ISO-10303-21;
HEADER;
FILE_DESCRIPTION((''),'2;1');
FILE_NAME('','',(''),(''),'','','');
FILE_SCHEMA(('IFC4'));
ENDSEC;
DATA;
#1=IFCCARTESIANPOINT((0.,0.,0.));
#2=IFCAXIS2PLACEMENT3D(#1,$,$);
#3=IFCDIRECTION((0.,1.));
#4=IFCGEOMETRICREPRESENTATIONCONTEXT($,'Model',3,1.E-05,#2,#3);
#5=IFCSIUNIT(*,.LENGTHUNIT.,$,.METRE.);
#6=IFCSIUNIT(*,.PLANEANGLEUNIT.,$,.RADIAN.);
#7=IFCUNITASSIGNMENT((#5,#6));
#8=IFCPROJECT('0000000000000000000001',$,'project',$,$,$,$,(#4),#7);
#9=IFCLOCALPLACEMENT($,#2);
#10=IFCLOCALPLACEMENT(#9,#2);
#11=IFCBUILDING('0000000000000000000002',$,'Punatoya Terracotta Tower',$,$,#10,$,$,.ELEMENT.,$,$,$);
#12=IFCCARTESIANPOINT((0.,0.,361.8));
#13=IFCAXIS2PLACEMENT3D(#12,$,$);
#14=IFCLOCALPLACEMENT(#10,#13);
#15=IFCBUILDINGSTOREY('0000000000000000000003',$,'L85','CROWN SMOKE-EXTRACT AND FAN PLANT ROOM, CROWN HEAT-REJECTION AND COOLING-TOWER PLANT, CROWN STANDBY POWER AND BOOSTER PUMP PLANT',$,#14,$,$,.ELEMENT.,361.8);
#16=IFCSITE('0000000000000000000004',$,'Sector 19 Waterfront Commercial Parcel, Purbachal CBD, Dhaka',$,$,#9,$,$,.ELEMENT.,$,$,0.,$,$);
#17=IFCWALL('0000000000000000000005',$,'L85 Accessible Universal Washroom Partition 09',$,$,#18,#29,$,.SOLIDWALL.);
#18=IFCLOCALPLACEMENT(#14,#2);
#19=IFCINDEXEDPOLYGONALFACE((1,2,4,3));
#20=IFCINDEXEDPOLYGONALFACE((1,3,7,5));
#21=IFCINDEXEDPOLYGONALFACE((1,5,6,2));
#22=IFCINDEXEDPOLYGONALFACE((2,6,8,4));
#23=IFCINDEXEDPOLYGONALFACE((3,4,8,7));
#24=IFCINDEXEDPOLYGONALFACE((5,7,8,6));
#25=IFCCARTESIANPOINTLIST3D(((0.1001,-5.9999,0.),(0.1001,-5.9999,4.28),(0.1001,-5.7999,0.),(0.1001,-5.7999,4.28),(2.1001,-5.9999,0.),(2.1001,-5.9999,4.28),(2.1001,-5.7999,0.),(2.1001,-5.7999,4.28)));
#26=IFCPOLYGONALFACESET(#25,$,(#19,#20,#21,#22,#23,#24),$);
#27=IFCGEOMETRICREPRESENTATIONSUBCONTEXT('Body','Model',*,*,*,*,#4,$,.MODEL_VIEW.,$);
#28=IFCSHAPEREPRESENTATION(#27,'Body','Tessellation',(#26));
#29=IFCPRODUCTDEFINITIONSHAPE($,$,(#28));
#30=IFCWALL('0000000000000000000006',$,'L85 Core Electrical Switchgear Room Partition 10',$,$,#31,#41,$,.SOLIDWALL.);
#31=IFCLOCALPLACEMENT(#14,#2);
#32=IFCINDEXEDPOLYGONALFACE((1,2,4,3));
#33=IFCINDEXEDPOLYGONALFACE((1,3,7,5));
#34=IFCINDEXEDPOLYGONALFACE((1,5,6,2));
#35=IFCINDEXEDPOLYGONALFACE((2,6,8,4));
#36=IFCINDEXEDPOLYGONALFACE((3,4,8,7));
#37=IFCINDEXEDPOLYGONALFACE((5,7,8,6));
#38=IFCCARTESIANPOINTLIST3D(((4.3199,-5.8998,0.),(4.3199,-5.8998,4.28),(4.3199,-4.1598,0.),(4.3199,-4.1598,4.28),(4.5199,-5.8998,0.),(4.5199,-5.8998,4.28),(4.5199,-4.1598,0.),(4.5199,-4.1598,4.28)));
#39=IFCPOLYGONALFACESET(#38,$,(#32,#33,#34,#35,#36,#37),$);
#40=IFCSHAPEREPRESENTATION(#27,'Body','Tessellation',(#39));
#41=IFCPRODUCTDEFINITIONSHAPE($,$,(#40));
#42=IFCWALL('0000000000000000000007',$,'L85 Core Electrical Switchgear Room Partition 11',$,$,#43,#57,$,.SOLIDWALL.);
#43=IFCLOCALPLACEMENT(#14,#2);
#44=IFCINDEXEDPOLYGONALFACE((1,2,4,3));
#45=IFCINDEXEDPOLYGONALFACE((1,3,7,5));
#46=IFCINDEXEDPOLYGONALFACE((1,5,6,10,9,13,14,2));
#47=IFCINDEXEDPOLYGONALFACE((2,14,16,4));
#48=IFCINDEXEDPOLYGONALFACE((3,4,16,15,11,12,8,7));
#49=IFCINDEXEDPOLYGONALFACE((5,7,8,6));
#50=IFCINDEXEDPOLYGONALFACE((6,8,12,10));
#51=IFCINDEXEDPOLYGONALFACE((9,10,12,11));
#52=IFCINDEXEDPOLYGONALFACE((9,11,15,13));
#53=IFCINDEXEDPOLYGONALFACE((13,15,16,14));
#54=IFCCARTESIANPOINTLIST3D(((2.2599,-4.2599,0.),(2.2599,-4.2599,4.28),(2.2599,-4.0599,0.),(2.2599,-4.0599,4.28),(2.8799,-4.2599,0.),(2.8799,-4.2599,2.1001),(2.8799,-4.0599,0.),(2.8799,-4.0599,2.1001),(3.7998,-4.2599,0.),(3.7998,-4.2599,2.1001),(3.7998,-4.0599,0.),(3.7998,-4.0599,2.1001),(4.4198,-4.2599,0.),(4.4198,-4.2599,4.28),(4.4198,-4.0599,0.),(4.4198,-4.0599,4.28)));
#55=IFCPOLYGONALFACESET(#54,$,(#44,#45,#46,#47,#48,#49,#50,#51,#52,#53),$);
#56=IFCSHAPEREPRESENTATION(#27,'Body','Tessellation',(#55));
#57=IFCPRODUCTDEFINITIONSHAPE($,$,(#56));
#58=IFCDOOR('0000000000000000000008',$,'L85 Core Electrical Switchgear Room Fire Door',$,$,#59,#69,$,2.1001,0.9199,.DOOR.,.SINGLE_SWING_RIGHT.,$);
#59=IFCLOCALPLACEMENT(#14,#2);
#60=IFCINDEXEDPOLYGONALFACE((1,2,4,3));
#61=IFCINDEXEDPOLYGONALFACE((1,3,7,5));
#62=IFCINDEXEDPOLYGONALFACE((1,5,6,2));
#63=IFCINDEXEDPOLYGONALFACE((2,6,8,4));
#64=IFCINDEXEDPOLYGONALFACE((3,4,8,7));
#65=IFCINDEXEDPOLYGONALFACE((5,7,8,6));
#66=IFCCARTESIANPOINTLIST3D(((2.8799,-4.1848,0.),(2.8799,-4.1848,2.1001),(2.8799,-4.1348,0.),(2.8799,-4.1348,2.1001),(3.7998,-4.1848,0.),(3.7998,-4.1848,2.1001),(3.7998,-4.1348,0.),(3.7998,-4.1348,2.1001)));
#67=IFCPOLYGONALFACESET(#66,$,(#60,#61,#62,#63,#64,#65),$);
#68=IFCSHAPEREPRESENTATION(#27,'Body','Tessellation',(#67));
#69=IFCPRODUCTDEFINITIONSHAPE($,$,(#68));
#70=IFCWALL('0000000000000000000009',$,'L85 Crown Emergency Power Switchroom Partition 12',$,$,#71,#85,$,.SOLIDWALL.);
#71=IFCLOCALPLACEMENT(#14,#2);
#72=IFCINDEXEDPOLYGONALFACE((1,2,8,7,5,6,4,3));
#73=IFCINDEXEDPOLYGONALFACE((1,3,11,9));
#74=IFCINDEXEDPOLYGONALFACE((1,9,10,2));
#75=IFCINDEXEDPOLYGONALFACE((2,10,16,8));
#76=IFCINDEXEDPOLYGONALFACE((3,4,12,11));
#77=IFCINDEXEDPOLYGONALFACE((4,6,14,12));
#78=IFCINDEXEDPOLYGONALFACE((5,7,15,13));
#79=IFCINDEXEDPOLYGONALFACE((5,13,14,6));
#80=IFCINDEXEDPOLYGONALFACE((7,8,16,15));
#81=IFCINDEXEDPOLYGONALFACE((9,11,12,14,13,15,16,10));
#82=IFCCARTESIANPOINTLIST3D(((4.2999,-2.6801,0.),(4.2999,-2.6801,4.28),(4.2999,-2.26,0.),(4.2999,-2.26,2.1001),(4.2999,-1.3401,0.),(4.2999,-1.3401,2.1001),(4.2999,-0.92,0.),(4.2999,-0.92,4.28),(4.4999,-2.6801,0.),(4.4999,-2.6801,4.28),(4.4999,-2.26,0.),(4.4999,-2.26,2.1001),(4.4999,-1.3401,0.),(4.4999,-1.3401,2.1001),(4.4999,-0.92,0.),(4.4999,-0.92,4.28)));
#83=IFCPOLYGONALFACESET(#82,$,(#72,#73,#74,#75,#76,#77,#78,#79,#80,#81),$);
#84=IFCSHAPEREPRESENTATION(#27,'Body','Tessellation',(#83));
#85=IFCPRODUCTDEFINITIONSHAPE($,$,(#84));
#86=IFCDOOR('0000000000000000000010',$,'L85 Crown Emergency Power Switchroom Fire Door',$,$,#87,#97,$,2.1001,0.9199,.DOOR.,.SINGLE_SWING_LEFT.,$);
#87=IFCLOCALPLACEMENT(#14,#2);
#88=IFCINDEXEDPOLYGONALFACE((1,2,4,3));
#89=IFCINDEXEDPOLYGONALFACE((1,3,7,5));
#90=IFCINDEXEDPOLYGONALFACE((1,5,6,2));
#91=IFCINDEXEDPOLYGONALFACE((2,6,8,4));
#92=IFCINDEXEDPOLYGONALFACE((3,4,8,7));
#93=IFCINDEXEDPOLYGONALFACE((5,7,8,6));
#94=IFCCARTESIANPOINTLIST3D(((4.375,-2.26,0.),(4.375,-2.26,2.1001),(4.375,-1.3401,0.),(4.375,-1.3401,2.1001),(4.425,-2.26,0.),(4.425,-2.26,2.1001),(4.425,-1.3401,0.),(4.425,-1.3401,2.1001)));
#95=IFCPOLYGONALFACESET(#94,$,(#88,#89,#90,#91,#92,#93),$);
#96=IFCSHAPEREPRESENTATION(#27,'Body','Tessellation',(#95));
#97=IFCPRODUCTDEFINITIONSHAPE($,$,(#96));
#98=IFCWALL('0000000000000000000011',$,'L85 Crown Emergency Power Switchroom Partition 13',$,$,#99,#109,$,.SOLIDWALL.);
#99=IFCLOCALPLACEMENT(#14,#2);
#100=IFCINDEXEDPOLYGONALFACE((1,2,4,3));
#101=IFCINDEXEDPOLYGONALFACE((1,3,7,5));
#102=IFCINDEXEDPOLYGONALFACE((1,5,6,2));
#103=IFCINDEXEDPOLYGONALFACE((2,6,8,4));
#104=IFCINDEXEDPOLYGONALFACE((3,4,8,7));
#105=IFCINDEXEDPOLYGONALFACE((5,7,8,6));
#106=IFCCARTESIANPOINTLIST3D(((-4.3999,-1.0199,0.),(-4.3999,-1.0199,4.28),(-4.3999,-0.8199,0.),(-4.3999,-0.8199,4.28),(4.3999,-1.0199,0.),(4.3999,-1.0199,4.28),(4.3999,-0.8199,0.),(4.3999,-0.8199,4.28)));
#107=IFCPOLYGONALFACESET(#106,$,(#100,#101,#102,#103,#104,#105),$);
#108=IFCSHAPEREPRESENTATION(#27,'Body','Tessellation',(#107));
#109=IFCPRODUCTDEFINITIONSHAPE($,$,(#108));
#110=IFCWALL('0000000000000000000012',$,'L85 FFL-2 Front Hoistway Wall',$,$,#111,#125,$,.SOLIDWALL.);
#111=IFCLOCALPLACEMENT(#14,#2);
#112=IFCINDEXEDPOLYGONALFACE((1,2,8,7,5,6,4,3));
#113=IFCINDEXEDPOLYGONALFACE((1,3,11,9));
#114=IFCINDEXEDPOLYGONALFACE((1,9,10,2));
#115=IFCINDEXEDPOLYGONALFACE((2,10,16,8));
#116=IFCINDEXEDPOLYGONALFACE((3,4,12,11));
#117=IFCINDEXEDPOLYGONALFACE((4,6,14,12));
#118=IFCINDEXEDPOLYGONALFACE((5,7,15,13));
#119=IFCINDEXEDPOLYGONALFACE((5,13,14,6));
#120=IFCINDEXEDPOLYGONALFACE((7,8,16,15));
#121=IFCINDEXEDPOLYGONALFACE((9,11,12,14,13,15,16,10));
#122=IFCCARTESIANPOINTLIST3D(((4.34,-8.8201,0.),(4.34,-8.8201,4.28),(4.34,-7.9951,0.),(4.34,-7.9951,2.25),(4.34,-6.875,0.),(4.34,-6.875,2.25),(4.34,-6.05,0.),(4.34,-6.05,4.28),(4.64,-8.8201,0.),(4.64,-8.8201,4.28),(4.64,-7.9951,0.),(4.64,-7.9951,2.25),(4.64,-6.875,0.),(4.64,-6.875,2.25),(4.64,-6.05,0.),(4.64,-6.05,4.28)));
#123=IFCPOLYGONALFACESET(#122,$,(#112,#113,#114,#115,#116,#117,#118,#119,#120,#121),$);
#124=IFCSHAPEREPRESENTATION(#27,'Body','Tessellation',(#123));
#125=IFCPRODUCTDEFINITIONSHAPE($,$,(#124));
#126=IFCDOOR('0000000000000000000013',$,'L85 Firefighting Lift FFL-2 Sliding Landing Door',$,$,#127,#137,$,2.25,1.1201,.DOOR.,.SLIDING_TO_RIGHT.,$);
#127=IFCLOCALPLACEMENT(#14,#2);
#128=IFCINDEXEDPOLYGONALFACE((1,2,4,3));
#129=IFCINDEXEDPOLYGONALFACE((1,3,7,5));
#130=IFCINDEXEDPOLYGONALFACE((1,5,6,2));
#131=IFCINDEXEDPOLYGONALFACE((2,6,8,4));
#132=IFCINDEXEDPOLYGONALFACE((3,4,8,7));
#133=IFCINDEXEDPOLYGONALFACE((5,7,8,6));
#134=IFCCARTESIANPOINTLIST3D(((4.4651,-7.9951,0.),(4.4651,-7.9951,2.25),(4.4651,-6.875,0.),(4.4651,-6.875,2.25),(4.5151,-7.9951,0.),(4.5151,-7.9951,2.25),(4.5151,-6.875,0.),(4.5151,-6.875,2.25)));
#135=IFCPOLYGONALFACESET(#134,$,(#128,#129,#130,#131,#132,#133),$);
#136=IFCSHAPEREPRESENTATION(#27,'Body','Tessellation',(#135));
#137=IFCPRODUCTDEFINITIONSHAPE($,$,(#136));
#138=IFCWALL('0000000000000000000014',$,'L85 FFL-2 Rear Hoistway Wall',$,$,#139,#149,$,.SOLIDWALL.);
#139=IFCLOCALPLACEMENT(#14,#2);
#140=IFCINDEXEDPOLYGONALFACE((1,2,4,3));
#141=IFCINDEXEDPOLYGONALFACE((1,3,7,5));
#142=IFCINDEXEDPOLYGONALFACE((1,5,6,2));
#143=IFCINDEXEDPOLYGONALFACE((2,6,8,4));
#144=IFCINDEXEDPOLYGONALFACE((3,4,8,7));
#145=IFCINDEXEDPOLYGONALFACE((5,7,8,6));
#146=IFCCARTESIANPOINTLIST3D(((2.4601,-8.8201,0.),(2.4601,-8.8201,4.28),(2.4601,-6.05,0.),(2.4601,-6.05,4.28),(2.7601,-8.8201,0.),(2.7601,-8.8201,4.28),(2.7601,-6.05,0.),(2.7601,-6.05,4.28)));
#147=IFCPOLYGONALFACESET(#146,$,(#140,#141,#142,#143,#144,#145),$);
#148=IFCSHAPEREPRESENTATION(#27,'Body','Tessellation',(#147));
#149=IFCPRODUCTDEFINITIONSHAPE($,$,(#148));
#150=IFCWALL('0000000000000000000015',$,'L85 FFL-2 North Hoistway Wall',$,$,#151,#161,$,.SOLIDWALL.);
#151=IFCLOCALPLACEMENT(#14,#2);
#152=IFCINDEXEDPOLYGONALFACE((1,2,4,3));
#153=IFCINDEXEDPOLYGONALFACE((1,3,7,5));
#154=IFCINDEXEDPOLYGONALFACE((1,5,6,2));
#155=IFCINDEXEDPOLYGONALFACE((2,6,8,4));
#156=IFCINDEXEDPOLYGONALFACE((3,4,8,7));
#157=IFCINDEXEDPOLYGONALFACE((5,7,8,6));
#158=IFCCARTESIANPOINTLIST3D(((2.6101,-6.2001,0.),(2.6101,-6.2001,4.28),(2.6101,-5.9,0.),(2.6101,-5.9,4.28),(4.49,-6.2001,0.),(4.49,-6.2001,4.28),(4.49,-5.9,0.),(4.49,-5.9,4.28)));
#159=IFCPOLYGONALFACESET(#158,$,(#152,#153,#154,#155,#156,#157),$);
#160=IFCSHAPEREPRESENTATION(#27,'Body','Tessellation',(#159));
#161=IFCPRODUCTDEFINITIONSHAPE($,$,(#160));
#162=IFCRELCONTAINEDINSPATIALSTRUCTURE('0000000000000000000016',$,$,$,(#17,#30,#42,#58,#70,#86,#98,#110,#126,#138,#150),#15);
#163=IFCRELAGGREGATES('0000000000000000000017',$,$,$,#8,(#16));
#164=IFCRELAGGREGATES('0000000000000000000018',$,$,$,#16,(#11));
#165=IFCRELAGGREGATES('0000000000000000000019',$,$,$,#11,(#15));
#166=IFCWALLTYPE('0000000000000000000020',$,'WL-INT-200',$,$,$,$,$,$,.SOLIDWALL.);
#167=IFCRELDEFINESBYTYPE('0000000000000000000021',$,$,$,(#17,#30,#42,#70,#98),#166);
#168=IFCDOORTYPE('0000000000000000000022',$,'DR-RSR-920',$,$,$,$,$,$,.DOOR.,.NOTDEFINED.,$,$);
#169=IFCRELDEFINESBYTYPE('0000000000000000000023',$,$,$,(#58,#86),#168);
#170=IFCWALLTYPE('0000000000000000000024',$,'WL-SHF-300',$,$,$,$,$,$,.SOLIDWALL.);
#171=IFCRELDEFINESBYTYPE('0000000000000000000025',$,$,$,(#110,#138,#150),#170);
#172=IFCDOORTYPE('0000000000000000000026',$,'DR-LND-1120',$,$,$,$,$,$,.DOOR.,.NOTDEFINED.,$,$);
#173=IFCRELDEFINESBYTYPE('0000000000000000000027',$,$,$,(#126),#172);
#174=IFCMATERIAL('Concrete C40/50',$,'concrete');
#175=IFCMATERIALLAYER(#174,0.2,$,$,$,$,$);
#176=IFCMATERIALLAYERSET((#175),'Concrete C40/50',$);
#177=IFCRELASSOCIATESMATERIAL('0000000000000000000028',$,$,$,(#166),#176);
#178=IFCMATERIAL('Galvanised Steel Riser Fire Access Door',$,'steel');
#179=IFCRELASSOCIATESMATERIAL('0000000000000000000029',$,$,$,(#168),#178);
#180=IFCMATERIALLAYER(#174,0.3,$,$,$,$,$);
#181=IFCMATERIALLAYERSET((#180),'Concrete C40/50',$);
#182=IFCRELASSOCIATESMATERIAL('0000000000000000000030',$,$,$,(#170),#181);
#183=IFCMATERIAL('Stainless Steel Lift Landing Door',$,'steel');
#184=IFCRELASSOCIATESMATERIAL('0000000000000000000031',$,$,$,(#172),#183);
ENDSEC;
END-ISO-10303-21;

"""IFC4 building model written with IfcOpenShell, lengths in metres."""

from ifc_helpers import new_model, si_unit, direction, frame, frame_2d, origin, place, context, subcontext, project, spatial, rectangle, extrude, material, layer, layer_set, type_object, element, fill, save


model = new_model("IFC4")

# Units and contexts
model_context = context("Model", 3, precision=1e-05, world=origin(), true_north=direction((0.0, 1.0)))
body_context = subcontext(model_context, "Body", "Model", "MODEL_VIEW")
ifc_project = project(units=[si_unit("LENGTHUNIT", "METRE"), si_unit("PLANEANGLEUNIT", "RADIAN")], contexts=[model_context])

# Site, building, storey
site_placement = place(None, origin())
site = spatial("IfcSite", under=ifc_project, at=site_placement, Name="Sector 19 Waterfront Commercial Parcel, Purbachal CBD, Dhaka", CompositionType="ELEMENT", RefElevation=0.0)
building_placement = place(site_placement, origin())
building = spatial("IfcBuilding", under=site, at=building_placement, Name="Punatoya Terracotta Tower", CompositionType="ELEMENT")
storey_placement = place(building_placement, frame((0.0, 0.0, 361.8)))
storey = spatial("IfcBuildingStorey", under=building, at=storey_placement, Name="L85", Description="CROWN SMOKE-EXTRACT AND FAN PLANT ROOM, CROWN HEAT-REJECTION AND COOLING-TOWER PLANT, CROWN STANDBY POWER AND BOOSTER PUMP PLANT", CompositionType="ELEMENT", Elevation=361.8)

# Shared definitions
ifc_material_1 = material(Name="Concrete C40/50", Category="concrete")

# Shared definitions
ifc_layer_1 = layer(ifc_material_1, 0.2)
ifc_layer_set_1 = layer_set([ifc_layer_1], Name="Concrete C40/50")
wall_type_1 = type_object("IfcWallType", Name="WL-INT-200", PredefinedType="SOLIDWALL", material=ifc_layer_set_1)

# Walls
wall_1_placement = place(storey_placement, frame((0.1001, -5.8999, 0.0), z_axis=(0.0, 0.0, 1.0), x_axis=(1.0, 0.0, 0.0)))
element("IfcWall", 1, at=wall_1_placement, inside=storey, type_object=wall_type_1, Name="L85 Accessible Universal Washroom Partition 09", PredefinedType="SOLIDWALL", context=body_context, shape_type="SweptSolid", body=[
    extrude(rectangle(XDim=2.0, YDim=0.2, at=frame_2d((1.0, 0.0))), origin(), (0.0, 0.0, 1.0), 4.28),
])
wall_2_placement = place(storey_placement, frame((4.4199, -5.8999, 0.0), z_axis=(0.0, 0.0, 1.0), x_axis=(0.0, 1.0, 0.0)))
element("IfcWall", 2, at=wall_2_placement, inside=storey, type_object=wall_type_1, Name="L85 Core Electrical Switchgear Room Partition 10", PredefinedType="SOLIDWALL", context=body_context, shape_type="SweptSolid", body=[
    extrude(rectangle(XDim=1.74, YDim=0.2, at=frame_2d((0.8701, 0.0))), origin(), (0.0, 0.0, 1.0), 4.28),
])

# Walls, openings, doors
wall_3_placement = place(storey_placement, frame((4.4199, -4.1599, 0.0), z_axis=(0.0, 0.0, 1.0), x_axis=(-1.0, 0.0, 0.0)))
wall_3 = element("IfcWall", 3, at=wall_3_placement, inside=storey, type_object=wall_type_1, Name="L85 Core Electrical Switchgear Room Partition 11", PredefinedType="SOLIDWALL", context=body_context, shape_type="SweptSolid", body=[
    extrude(rectangle(XDim=2.1599, YDim=0.2, at=frame_2d((1.0801, 0.0))), origin(), (0.0, 0.0, 1.0), 4.28),
])
opening_1_placement = place(wall_3_placement, frame((0.6201, 0.0, 0.0)))
opening_1 = element("IfcOpeningElement", 4, at=opening_1_placement, cuts=wall_3, PredefinedType="OPENING", context=body_context, shape_type="SweptSolid", body=[
    extrude(rectangle(XDim=0.9199, YDim=2.1001, at=frame_2d((0.46, 1.05))), frame((0.0, 0.1099, 0.0), z_axis=(0.0, -1.0, 0.0), x_axis=(1.0, 0.0, 0.0)), (0.0, 0.0, 1.0), 0.22),
])
ifc_material_2 = material(Name="Galvanised Steel Riser Fire Access Door", Category="steel")
door_type_1 = type_object("IfcDoorType", Name="DR-RSR-920", OperationType="NOTDEFINED", PredefinedType="DOOR", material=ifc_material_2)
door_1_placement = place(opening_1_placement, origin())
door_1 = element("IfcDoor", 5, at=door_1_placement, inside=storey, type_object=door_type_1, Name="L85 Core Electrical Switchgear Room Fire Door", OperationType="SINGLE_SWING_RIGHT", OverallHeight=2.1001, OverallWidth=0.9199, PredefinedType="DOOR", context=body_context, shape_type="SweptSolid", body=[
    extrude(rectangle(XDim=0.9199, YDim=2.1001, at=frame_2d((0.46, 1.05))), frame((0.0, 0.0249, 0.0), z_axis=(0.0, -1.0, 0.0), x_axis=(1.0, 0.0, 0.0)), (0.0, 0.0, 1.0), 0.05),
])
fill(opening_1, door_1)
wall_4_placement = place(storey_placement, frame((4.3999, -2.6799, 0.0), z_axis=(0.0, 0.0, 1.0), x_axis=(0.0, 1.0, 0.0)))
wall_4 = element("IfcWall", 6, at=wall_4_placement, inside=storey, type_object=wall_type_1, Name="L85 Crown Emergency Power Switchroom Partition 12", PredefinedType="SOLIDWALL", context=body_context, shape_type="SweptSolid", body=[
    extrude(rectangle(XDim=1.76, YDim=0.2, at=frame_2d((0.8799, 0.0))), origin(), (0.0, 0.0, 1.0), 4.28),
])
opening_2_placement = place(wall_4_placement, frame((0.4199, 0.0, 0.0)))
opening_2 = element("IfcOpeningElement", 7, at=opening_2_placement, cuts=wall_4, PredefinedType="OPENING", context=body_context, shape_type="SweptSolid", body=[
    extrude(rectangle(XDim=0.9199, YDim=2.1001, at=frame_2d((0.46, 1.05))), frame((0.0, 0.1099, 0.0), z_axis=(0.0, -1.0, 0.0), x_axis=(1.0, 0.0, 0.0)), (0.0, 0.0, 1.0), 0.22),
])
door_2_placement = place(opening_2_placement, origin())
door_2 = element("IfcDoor", 8, at=door_2_placement, inside=storey, type_object=door_type_1, Name="L85 Crown Emergency Power Switchroom Fire Door", OperationType="SINGLE_SWING_LEFT", OverallHeight=2.1001, OverallWidth=0.9199, PredefinedType="DOOR", context=body_context, shape_type="SweptSolid", body=[
    extrude(rectangle(XDim=0.9199, YDim=2.1001, at=frame_2d((0.46, 1.05))), frame((0.0, 0.0249, 0.0), z_axis=(0.0, -1.0, 0.0), x_axis=(1.0, 0.0, 0.0)), (0.0, 0.0, 1.0), 0.05),
])
fill(opening_2, door_2)

# Wall
wall_5_placement = place(storey_placement, frame((4.3999, -0.9199, 0.0), z_axis=(0.0, 0.0, 1.0), x_axis=(-1.0, 0.0, 0.0)))
element("IfcWall", 9, at=wall_5_placement, inside=storey, type_object=wall_type_1, Name="L85 Crown Emergency Power Switchroom Partition 13", PredefinedType="SOLIDWALL", context=body_context, shape_type="SweptSolid", body=[
    extrude(rectangle(XDim=8.7998, YDim=0.2, at=frame_2d((4.3999, 0.0))), origin(), (0.0, 0.0, 1.0), 4.28),
])

# Wall, opening, door
ifc_layer_2 = layer(ifc_material_1, 0.3)
ifc_layer_set_2 = layer_set([ifc_layer_2], Name="Concrete C40/50")
wall_type_2 = type_object("IfcWallType", Name="WL-SHF-300", PredefinedType="SOLIDWALL", material=ifc_layer_set_2)
wall_6_placement = place(storey_placement, frame((4.49, -8.8201, 0.0), z_axis=(0.0, 0.0, 1.0), x_axis=(0.0, 1.0, 0.0)))
wall_6 = element("IfcWall", 10, at=wall_6_placement, inside=storey, type_object=wall_type_2, Name="L85 FFL-2 Front Hoistway Wall", PredefinedType="SOLIDWALL", context=body_context, shape_type="SweptSolid", body=[
    extrude(rectangle(XDim=2.77, YDim=0.3, at=frame_2d((1.385, 0.0))), origin(), (0.0, 0.0, 1.0), 4.28),
])
opening_3_placement = place(wall_6_placement, frame((0.825, 0.0, 0.0)))
opening_3 = element("IfcOpeningElement", 11, at=opening_3_placement, cuts=wall_6, PredefinedType="OPENING", context=body_context, shape_type="SweptSolid", body=[
    extrude(rectangle(XDim=1.1201, YDim=2.25, at=frame_2d((0.5601, 1.125))), frame((0.0, 0.1599, 0.0), z_axis=(0.0, -1.0, 0.0), x_axis=(1.0, 0.0, 0.0)), (0.0, 0.0, 1.0), 0.3201),
])
ifc_material_3 = material(Name="Stainless Steel Lift Landing Door", Category="steel")
door_type_2 = type_object("IfcDoorType", Name="DR-LND-1120", OperationType="NOTDEFINED", PredefinedType="DOOR", material=ifc_material_3)
door_3_placement = place(opening_3_placement, origin())
door_3 = element("IfcDoor", 12, at=door_3_placement, inside=storey, type_object=door_type_2, Name="L85 Firefighting Lift FFL-2 Sliding Landing Door", OperationType="SLIDING_TO_RIGHT", OverallHeight=2.25, OverallWidth=1.1201, PredefinedType="DOOR", context=body_context, shape_type="SweptSolid", body=[
    extrude(rectangle(XDim=1.1201, YDim=2.25, at=frame_2d((0.5601, 1.125))), frame((0.0, 0.0249, 0.0), z_axis=(0.0, -1.0, 0.0), x_axis=(1.0, 0.0, 0.0)), (0.0, 0.0, 1.0), 0.05),
])
fill(opening_3, door_3)

# Walls
wall_7_placement = place(storey_placement, frame((2.6101, -8.8201, 0.0), z_axis=(0.0, 0.0, 1.0), x_axis=(0.0, 1.0, 0.0)))
element("IfcWall", 13, at=wall_7_placement, inside=storey, type_object=wall_type_2, Name="L85 FFL-2 Rear Hoistway Wall", PredefinedType="SOLIDWALL", context=body_context, shape_type="SweptSolid", body=[
    extrude(rectangle(XDim=2.77, YDim=0.3, at=frame_2d((1.385, 0.0))), origin(), (0.0, 0.0, 1.0), 4.28),
])
wall_8_placement = place(storey_placement, frame((2.6101, -6.05, 0.0), z_axis=(0.0, 0.0, 1.0), x_axis=(1.0, 0.0, 0.0)))
element("IfcWall", 14, at=wall_8_placement, inside=storey, type_object=wall_type_2, Name="L85 FFL-2 North Hoistway Wall", PredefinedType="SOLIDWALL", context=body_context, shape_type="SweptSolid", body=[
    extrude(rectangle(XDim=1.8799, YDim=0.3, at=frame_2d((0.9399, 0.0))), origin(), (0.0, 0.0, 1.0), 4.28),
])

save(model, "model.ifc")
